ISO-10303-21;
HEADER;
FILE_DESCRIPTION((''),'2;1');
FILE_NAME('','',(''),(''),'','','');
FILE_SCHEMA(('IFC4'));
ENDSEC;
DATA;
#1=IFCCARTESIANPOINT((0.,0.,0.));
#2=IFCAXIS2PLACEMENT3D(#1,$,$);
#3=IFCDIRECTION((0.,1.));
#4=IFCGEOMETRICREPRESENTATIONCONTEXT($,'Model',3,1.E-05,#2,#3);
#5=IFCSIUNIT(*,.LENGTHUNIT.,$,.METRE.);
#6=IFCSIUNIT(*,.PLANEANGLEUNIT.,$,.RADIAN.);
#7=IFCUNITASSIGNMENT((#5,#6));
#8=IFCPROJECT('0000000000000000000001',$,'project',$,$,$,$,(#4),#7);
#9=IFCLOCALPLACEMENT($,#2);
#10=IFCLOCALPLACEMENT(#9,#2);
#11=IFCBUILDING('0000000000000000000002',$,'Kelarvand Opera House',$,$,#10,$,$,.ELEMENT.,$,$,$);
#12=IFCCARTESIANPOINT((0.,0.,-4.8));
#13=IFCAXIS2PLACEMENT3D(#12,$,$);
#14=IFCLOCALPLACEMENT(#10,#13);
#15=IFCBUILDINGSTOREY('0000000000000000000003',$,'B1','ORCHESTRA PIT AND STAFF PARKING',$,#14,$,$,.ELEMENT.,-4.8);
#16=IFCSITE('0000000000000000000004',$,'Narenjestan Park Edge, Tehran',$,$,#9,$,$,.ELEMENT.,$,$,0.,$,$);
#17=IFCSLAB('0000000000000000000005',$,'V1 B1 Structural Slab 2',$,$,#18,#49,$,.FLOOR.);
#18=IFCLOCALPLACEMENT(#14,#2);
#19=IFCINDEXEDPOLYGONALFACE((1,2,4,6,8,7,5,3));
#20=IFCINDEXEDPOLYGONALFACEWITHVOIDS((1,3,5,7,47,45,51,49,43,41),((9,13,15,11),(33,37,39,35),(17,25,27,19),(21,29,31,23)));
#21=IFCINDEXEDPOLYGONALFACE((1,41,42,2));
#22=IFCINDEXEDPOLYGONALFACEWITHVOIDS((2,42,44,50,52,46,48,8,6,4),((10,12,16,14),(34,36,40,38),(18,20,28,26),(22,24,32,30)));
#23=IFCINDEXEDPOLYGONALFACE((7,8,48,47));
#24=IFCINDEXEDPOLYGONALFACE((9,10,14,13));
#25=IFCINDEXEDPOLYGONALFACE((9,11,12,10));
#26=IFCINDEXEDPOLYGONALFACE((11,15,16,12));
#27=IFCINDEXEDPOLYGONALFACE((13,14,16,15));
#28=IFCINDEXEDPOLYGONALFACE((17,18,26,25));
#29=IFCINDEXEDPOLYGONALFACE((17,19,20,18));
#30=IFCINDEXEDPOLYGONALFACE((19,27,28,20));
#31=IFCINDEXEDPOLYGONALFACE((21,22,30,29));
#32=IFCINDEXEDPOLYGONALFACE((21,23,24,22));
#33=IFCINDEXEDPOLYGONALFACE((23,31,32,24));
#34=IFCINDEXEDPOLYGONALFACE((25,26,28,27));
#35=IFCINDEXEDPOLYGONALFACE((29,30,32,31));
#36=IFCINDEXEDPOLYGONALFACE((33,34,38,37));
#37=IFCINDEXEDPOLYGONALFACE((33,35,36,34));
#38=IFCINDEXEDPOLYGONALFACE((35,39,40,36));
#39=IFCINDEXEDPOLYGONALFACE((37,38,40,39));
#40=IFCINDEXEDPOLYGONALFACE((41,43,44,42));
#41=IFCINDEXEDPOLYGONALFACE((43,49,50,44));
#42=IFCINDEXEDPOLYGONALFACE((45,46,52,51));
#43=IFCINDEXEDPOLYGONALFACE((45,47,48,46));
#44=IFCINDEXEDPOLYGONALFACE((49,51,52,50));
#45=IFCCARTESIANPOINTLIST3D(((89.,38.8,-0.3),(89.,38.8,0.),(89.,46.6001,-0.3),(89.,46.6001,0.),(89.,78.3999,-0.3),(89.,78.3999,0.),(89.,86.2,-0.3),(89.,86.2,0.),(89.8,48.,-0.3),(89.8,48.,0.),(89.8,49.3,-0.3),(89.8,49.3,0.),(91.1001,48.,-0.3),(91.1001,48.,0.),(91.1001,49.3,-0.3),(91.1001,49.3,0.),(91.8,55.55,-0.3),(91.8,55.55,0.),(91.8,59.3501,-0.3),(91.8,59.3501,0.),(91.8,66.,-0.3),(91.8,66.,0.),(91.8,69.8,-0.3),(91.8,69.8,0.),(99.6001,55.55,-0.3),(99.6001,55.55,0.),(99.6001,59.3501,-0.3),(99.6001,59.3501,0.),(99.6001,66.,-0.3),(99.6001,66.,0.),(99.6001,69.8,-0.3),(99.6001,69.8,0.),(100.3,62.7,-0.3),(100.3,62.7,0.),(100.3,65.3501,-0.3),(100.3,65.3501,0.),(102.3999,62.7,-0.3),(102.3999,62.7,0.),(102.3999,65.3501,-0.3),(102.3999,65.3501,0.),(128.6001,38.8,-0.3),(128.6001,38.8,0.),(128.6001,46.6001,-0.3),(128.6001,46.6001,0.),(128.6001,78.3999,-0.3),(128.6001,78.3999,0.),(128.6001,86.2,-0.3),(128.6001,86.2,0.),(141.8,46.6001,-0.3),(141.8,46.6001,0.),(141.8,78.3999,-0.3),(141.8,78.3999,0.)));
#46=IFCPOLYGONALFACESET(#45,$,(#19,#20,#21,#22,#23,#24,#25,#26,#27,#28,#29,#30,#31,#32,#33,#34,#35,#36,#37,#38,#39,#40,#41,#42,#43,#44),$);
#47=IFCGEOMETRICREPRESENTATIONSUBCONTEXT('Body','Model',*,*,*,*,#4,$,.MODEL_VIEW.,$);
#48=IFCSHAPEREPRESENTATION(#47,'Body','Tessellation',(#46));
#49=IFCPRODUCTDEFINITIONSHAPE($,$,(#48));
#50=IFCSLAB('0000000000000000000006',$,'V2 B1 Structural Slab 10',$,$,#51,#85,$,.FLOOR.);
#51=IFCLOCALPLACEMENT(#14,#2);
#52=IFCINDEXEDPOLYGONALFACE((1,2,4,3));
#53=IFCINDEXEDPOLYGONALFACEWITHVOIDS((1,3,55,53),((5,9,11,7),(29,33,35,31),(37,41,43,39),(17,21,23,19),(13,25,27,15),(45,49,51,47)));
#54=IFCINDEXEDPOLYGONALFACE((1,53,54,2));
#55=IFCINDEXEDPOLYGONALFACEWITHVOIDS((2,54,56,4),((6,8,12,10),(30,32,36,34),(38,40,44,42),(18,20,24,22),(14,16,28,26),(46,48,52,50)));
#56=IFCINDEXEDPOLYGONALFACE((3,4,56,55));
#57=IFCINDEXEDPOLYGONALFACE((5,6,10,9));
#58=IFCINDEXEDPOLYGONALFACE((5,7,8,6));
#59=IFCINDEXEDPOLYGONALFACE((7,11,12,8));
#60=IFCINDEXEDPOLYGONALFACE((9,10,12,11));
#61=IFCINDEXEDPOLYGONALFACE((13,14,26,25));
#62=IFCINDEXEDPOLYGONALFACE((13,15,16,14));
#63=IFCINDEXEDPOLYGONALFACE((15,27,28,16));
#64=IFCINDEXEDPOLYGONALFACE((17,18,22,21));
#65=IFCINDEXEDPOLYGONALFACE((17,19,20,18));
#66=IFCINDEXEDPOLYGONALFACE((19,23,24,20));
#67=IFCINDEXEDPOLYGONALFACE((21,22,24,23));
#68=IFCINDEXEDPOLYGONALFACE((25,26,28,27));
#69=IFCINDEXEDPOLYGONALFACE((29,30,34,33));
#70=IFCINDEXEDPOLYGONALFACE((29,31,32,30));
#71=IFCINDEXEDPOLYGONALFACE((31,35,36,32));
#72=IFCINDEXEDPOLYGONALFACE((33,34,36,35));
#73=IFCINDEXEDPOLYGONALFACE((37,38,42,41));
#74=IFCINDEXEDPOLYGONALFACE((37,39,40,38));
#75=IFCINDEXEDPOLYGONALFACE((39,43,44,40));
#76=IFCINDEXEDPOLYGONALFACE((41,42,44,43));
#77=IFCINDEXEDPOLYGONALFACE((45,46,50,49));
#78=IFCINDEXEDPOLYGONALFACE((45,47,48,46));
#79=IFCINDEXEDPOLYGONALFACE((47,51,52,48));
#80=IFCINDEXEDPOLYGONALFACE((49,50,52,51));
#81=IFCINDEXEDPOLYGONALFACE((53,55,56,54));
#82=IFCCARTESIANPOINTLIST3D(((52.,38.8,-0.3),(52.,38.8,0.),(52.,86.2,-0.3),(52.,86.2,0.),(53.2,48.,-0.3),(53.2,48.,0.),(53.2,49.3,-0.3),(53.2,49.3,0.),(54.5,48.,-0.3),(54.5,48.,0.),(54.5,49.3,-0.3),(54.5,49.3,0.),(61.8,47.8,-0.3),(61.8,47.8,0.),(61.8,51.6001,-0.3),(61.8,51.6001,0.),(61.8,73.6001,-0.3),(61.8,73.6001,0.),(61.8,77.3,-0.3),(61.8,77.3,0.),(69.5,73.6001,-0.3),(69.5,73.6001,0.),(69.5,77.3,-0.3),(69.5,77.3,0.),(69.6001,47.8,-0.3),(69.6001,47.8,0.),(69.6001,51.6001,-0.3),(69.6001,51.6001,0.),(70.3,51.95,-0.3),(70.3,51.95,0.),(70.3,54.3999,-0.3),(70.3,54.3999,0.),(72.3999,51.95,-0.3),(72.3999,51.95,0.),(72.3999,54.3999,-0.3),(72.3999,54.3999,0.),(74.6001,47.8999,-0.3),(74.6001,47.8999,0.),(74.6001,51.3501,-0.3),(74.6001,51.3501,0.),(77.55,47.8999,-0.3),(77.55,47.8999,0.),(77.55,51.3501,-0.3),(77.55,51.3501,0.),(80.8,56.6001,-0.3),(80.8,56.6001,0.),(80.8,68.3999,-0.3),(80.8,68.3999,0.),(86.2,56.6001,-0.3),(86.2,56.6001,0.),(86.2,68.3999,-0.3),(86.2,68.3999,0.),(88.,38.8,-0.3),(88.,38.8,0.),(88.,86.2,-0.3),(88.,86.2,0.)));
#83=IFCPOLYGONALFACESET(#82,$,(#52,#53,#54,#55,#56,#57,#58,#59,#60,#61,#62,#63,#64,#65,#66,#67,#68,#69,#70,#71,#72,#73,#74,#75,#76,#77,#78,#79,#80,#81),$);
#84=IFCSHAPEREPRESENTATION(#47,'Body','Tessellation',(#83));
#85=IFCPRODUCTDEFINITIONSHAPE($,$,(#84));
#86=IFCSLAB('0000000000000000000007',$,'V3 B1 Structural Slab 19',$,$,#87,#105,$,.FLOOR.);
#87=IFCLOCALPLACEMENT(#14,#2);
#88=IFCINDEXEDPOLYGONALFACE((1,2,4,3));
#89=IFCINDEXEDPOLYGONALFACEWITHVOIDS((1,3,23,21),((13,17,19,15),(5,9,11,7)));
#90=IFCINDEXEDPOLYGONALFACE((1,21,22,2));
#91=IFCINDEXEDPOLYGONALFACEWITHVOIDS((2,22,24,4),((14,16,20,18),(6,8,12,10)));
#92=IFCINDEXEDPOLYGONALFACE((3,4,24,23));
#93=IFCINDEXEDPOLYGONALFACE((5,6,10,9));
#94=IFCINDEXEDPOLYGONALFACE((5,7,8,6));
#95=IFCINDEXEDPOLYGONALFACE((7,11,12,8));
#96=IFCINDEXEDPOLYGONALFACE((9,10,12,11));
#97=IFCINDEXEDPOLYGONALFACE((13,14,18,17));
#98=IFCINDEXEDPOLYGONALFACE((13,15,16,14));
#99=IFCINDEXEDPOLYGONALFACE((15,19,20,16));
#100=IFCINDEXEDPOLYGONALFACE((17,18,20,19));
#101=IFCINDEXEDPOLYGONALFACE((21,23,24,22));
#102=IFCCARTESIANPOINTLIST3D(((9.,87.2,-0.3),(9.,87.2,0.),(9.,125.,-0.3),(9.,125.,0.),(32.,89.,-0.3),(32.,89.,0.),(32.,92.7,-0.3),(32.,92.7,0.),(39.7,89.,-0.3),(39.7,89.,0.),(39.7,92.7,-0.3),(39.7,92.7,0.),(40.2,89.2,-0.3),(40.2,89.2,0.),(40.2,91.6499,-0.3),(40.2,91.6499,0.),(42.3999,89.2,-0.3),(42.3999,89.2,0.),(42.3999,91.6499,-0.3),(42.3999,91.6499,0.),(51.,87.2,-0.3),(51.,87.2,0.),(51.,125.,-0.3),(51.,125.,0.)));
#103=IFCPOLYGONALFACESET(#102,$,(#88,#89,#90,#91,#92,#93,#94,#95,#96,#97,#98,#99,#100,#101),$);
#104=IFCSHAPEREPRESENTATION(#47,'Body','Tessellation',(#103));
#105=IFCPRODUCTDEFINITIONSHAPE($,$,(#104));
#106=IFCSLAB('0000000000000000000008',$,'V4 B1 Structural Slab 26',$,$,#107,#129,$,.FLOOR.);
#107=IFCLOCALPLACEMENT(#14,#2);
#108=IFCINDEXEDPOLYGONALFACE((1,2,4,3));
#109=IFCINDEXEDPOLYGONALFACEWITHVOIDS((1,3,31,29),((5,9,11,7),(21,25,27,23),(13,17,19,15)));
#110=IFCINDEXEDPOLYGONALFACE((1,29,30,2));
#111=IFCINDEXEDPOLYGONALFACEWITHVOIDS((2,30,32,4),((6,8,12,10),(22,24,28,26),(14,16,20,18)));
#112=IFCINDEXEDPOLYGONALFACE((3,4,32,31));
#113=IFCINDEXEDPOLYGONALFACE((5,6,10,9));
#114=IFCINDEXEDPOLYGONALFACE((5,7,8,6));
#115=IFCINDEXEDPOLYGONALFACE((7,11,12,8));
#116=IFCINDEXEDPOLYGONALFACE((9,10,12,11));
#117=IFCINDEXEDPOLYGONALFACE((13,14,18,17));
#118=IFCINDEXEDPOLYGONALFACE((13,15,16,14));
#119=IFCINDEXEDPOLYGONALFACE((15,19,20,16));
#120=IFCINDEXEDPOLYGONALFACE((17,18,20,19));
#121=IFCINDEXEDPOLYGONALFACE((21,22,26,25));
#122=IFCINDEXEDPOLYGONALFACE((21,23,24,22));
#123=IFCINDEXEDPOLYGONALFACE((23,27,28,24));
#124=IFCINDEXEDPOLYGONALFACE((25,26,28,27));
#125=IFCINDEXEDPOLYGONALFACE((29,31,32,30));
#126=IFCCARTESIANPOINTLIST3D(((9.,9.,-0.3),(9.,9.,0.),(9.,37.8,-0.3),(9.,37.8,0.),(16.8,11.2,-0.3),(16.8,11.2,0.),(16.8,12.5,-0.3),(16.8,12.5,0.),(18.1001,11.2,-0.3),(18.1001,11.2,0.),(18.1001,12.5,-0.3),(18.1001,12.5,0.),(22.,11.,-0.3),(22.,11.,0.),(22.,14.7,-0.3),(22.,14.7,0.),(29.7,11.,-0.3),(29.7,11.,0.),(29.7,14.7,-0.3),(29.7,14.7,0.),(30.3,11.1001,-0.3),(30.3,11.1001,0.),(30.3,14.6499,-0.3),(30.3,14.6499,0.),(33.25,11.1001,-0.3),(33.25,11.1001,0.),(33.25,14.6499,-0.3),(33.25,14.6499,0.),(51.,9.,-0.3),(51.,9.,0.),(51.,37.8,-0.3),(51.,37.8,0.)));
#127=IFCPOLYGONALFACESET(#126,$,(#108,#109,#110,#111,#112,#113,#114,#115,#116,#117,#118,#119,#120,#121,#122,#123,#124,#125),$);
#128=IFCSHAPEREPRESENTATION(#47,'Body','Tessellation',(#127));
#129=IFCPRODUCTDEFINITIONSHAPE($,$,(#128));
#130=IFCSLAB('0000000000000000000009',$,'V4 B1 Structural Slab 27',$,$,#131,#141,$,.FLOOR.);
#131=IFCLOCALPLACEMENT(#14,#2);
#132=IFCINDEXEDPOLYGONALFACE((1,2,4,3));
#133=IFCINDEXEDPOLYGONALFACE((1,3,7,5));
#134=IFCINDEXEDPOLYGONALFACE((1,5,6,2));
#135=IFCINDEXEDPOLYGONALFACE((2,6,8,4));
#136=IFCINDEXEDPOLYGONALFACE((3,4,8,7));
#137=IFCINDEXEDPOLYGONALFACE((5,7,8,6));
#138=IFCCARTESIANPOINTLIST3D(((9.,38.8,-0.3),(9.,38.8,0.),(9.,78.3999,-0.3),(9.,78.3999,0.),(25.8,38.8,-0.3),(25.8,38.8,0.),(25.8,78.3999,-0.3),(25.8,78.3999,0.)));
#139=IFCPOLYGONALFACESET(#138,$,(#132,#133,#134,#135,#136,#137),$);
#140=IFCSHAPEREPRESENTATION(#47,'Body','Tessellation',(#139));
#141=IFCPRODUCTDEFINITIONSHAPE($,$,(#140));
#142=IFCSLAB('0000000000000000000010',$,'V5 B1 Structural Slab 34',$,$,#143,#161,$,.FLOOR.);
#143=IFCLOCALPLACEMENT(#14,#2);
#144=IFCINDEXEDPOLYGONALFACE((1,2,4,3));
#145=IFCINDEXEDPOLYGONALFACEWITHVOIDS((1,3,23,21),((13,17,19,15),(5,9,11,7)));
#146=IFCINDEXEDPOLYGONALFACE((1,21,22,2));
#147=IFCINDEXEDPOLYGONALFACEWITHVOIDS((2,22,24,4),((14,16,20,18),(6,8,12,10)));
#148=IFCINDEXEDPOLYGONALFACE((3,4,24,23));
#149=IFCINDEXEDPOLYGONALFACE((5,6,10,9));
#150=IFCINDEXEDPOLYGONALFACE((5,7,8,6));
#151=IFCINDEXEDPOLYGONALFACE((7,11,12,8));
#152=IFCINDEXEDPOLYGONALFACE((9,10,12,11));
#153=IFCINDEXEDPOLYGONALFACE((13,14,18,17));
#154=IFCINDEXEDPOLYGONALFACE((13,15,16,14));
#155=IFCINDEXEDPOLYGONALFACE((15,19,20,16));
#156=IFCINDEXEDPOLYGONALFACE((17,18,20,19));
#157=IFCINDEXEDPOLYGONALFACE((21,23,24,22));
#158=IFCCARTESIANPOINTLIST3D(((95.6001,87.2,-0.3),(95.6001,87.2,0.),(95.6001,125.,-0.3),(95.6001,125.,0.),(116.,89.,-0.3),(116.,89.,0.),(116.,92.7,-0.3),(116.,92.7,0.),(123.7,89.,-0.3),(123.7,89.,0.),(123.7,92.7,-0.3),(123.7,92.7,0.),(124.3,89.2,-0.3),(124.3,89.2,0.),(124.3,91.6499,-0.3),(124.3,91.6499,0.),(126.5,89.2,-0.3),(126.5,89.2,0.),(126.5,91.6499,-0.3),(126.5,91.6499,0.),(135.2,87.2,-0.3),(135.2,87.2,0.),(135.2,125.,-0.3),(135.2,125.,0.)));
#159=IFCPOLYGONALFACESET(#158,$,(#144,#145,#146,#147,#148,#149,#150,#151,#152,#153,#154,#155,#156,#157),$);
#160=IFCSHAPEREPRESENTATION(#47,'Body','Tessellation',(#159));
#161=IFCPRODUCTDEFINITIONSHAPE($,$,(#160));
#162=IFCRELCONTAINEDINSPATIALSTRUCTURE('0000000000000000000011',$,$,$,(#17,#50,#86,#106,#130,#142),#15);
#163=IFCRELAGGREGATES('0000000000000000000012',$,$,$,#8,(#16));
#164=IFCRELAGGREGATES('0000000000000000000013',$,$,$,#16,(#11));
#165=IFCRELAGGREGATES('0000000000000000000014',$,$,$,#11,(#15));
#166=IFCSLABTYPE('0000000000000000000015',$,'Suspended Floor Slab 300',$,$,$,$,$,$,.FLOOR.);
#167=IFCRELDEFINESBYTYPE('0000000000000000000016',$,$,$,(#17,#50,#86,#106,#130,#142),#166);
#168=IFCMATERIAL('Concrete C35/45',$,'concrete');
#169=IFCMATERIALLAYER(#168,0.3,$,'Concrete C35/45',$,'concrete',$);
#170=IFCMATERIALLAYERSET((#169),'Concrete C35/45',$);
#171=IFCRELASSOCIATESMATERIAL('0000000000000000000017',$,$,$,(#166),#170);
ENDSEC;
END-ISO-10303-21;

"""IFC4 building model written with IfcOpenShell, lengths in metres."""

from ifc_helpers import new_model, si_unit, direction, frame, origin, place, context, subcontext, project, spatial, polyline, outline, extrude, material, layer, layer_set, type_object, element, save


model = new_model("IFC4")

# Units and contexts
model_context = context("Model", 3, precision=1e-05, world=origin(), true_north=direction((0.0, 1.0)))
body_context = subcontext(model_context, "Body", "Model", "MODEL_VIEW")
ifc_project = project(units=[si_unit("LENGTHUNIT", "METRE"), si_unit("PLANEANGLEUNIT", "RADIAN")], contexts=[model_context])

# Site, building, storey
site_placement = place(None, origin())
site = spatial("IfcSite", under=ifc_project, at=site_placement, Name="Narenjestan Park Edge, Tehran", CompositionType="ELEMENT", RefElevation=0.0)
building_placement = place(site_placement, origin())
building = spatial("IfcBuilding", under=site, at=building_placement, Name="Kelarvand Opera House", CompositionType="ELEMENT")
storey_placement = place(building_placement, frame((0.0, 0.0, -4.8)))
storey = spatial("IfcBuildingStorey", under=building, at=storey_placement, Name="B1", Description="ORCHESTRA PIT AND STAFF PARKING", CompositionType="ELEMENT", Elevation=-4.8)

# Shared definitions
ifc_material = material(Name="Concrete C35/45", Category="concrete")

# Slabs
ifc_layer_1 = layer(ifc_material, 0.3, Name="Concrete C35/45", Category="concrete")
ifc_layer_set_1 = layer_set([ifc_layer_1], Name="Concrete C35/45")
slab_type_1 = type_object("IfcSlabType", Name="Suspended Floor Slab 300", PredefinedType="FLOOR", material=ifc_layer_set_1)
slab_1_placement = place(storey_placement, frame((0.0, 0.0, -0.3)))
element("IfcSlab", 1, at=slab_1_placement, inside=storey, type_object=slab_type_1, Name="V1 B1 Structural Slab 2", PredefinedType="FLOOR", context=body_context, shape_type="SweptSolid", body=[
    extrude(outline(polyline([(128.6001, 38.8), (89.0, 38.8), (89.0, 46.6001), (89.0, 78.3999), (89.0, 86.2), (128.6001, 86.2), (128.6001, 78.3999), (141.8, 78.3999), (141.8, 46.6001), (128.6001, 46.6001), (128.6001, 38.8)]), holes=[polyline([(89.8, 49.3), (91.1001, 49.3), (91.1001, 48.0), (89.8, 48.0), (89.8, 49.3)]), polyline([(91.8, 59.3501), (99.6001, 59.3501), (99.6001, 55.55), (91.8, 55.55), (91.8, 59.3501)]), polyline([(100.3, 65.3501), (102.3999, 65.3501), (102.3999, 62.7), (100.3, 62.7), (100.3, 65.3501)]), polyline([(91.8, 69.8), (99.6001, 69.8), (99.6001, 66.0), (91.8, 66.0), (91.8, 69.8)])]), origin(), (0.0, 0.0, 1.0), 0.3),
])
slab_2_placement = place(storey_placement, frame((0.0, 0.0, -0.3)))
element("IfcSlab", 2, at=slab_2_placement, inside=storey, type_object=slab_type_1, Name="V2 B1 Structural Slab 10", PredefinedType="FLOOR", context=body_context, shape_type="SweptSolid", body=[
    extrude(outline(polyline([(88.0, 38.8), (88.0, 86.2), (52.0, 86.2), (52.0, 38.8), (88.0, 38.8)]), holes=[polyline([(53.2, 49.3), (54.5, 49.3), (54.5, 48.0), (53.2, 48.0), (53.2, 49.3)]), polyline([(77.55, 51.3501), (77.55, 47.8999), (74.6001, 47.8999), (74.6001, 51.3501), (77.55, 51.3501)]), polyline([(69.6001, 51.6001), (69.6001, 47.8), (61.8, 47.8), (61.8, 51.6001), (69.6001, 51.6001)]), polyline([(70.3, 54.3999), (72.3999, 54.3999), (72.3999, 51.95), (70.3, 51.95), (70.3, 54.3999)]), polyline([(86.2, 68.3999), (86.2, 56.6001), (80.8, 56.6001), (80.8, 68.3999), (86.2, 68.3999)]), polyline([(69.5, 77.3), (69.5, 73.6001), (61.8, 73.6001), (61.8, 77.3), (69.5, 77.3)])]), origin(), (0.0, 0.0, 1.0), 0.3),
])
slab_3_placement = place(storey_placement, frame((0.0, 0.0, -0.3)))
element("IfcSlab", 3, at=slab_3_placement, inside=storey, type_object=slab_type_1, Name="V3 B1 Structural Slab 19", PredefinedType="FLOOR", context=body_context, shape_type="SweptSolid", body=[
    extrude(outline(polyline([(51.0, 87.2), (51.0, 125.0), (9.0, 125.0), (9.0, 87.2), (51.0, 87.2)]), holes=[polyline([(40.2, 89.2), (40.2, 91.6499), (42.3999, 91.6499), (42.3999, 89.2), (40.2, 89.2)]), polyline([(32.0, 89.0), (32.0, 92.7), (39.7, 92.7), (39.7, 89.0), (32.0, 89.0)])]), origin(), (0.0, 0.0, 1.0), 0.3),
])
slab_4_placement = place(storey_placement, frame((0.0, 0.0, -0.3)))
element("IfcSlab", 4, at=slab_4_placement, inside=storey, type_object=slab_type_1, Name="V4 B1 Structural Slab 26", PredefinedType="FLOOR", context=body_context, shape_type="SweptSolid", body=[
    extrude(outline(polyline([(9.0, 9.0), (9.0, 37.8), (51.0, 37.8), (51.0, 9.0), (9.0, 9.0)]), holes=[polyline([(16.8, 11.2), (16.8, 12.5), (18.1001, 12.5), (18.1001, 11.2), (16.8, 11.2)]), polyline([(22.0, 14.7), (29.7, 14.7), (29.7, 11.0), (22.0, 11.0), (22.0, 14.7)]), polyline([(30.3, 14.6499), (33.25, 14.6499), (33.25, 11.1001), (30.3, 11.1001), (30.3, 14.6499)])]), origin(), (0.0, 0.0, 1.0), 0.3),
])
slab_5_placement = place(storey_placement, frame((0.0, 0.0, -0.3)))
element("IfcSlab", 5, at=slab_5_placement, inside=storey, type_object=slab_type_1, Name="V4 B1 Structural Slab 27", PredefinedType="FLOOR", context=body_context, shape_type="SweptSolid", body=[
    extrude(outline(polyline([(9.0, 38.8), (9.0, 78.3999), (25.8, 78.3999), (25.8, 38.8), (9.0, 38.8)])), origin(), (0.0, 0.0, 1.0), 0.3),
])
slab_6_placement = place(storey_placement, frame((0.0, 0.0, -0.3)))
element("IfcSlab", 6, at=slab_6_placement, inside=storey, type_object=slab_type_1, Name="V5 B1 Structural Slab 34", PredefinedType="FLOOR", context=body_context, shape_type="SweptSolid", body=[
    extrude(outline(polyline([(135.2, 87.2), (135.2, 125.0), (95.6001, 125.0), (95.6001, 87.2), (135.2, 87.2)]), holes=[polyline([(124.3, 89.2), (124.3, 91.6499), (126.5, 91.6499), (126.5, 89.2), (124.3, 89.2)]), polyline([(116.0, 89.0), (116.0, 92.7), (123.7, 92.7), (123.7, 89.0), (116.0, 89.0)])]), origin(), (0.0, 0.0, 1.0), 0.3),
])

save(model, "model.ifc")
